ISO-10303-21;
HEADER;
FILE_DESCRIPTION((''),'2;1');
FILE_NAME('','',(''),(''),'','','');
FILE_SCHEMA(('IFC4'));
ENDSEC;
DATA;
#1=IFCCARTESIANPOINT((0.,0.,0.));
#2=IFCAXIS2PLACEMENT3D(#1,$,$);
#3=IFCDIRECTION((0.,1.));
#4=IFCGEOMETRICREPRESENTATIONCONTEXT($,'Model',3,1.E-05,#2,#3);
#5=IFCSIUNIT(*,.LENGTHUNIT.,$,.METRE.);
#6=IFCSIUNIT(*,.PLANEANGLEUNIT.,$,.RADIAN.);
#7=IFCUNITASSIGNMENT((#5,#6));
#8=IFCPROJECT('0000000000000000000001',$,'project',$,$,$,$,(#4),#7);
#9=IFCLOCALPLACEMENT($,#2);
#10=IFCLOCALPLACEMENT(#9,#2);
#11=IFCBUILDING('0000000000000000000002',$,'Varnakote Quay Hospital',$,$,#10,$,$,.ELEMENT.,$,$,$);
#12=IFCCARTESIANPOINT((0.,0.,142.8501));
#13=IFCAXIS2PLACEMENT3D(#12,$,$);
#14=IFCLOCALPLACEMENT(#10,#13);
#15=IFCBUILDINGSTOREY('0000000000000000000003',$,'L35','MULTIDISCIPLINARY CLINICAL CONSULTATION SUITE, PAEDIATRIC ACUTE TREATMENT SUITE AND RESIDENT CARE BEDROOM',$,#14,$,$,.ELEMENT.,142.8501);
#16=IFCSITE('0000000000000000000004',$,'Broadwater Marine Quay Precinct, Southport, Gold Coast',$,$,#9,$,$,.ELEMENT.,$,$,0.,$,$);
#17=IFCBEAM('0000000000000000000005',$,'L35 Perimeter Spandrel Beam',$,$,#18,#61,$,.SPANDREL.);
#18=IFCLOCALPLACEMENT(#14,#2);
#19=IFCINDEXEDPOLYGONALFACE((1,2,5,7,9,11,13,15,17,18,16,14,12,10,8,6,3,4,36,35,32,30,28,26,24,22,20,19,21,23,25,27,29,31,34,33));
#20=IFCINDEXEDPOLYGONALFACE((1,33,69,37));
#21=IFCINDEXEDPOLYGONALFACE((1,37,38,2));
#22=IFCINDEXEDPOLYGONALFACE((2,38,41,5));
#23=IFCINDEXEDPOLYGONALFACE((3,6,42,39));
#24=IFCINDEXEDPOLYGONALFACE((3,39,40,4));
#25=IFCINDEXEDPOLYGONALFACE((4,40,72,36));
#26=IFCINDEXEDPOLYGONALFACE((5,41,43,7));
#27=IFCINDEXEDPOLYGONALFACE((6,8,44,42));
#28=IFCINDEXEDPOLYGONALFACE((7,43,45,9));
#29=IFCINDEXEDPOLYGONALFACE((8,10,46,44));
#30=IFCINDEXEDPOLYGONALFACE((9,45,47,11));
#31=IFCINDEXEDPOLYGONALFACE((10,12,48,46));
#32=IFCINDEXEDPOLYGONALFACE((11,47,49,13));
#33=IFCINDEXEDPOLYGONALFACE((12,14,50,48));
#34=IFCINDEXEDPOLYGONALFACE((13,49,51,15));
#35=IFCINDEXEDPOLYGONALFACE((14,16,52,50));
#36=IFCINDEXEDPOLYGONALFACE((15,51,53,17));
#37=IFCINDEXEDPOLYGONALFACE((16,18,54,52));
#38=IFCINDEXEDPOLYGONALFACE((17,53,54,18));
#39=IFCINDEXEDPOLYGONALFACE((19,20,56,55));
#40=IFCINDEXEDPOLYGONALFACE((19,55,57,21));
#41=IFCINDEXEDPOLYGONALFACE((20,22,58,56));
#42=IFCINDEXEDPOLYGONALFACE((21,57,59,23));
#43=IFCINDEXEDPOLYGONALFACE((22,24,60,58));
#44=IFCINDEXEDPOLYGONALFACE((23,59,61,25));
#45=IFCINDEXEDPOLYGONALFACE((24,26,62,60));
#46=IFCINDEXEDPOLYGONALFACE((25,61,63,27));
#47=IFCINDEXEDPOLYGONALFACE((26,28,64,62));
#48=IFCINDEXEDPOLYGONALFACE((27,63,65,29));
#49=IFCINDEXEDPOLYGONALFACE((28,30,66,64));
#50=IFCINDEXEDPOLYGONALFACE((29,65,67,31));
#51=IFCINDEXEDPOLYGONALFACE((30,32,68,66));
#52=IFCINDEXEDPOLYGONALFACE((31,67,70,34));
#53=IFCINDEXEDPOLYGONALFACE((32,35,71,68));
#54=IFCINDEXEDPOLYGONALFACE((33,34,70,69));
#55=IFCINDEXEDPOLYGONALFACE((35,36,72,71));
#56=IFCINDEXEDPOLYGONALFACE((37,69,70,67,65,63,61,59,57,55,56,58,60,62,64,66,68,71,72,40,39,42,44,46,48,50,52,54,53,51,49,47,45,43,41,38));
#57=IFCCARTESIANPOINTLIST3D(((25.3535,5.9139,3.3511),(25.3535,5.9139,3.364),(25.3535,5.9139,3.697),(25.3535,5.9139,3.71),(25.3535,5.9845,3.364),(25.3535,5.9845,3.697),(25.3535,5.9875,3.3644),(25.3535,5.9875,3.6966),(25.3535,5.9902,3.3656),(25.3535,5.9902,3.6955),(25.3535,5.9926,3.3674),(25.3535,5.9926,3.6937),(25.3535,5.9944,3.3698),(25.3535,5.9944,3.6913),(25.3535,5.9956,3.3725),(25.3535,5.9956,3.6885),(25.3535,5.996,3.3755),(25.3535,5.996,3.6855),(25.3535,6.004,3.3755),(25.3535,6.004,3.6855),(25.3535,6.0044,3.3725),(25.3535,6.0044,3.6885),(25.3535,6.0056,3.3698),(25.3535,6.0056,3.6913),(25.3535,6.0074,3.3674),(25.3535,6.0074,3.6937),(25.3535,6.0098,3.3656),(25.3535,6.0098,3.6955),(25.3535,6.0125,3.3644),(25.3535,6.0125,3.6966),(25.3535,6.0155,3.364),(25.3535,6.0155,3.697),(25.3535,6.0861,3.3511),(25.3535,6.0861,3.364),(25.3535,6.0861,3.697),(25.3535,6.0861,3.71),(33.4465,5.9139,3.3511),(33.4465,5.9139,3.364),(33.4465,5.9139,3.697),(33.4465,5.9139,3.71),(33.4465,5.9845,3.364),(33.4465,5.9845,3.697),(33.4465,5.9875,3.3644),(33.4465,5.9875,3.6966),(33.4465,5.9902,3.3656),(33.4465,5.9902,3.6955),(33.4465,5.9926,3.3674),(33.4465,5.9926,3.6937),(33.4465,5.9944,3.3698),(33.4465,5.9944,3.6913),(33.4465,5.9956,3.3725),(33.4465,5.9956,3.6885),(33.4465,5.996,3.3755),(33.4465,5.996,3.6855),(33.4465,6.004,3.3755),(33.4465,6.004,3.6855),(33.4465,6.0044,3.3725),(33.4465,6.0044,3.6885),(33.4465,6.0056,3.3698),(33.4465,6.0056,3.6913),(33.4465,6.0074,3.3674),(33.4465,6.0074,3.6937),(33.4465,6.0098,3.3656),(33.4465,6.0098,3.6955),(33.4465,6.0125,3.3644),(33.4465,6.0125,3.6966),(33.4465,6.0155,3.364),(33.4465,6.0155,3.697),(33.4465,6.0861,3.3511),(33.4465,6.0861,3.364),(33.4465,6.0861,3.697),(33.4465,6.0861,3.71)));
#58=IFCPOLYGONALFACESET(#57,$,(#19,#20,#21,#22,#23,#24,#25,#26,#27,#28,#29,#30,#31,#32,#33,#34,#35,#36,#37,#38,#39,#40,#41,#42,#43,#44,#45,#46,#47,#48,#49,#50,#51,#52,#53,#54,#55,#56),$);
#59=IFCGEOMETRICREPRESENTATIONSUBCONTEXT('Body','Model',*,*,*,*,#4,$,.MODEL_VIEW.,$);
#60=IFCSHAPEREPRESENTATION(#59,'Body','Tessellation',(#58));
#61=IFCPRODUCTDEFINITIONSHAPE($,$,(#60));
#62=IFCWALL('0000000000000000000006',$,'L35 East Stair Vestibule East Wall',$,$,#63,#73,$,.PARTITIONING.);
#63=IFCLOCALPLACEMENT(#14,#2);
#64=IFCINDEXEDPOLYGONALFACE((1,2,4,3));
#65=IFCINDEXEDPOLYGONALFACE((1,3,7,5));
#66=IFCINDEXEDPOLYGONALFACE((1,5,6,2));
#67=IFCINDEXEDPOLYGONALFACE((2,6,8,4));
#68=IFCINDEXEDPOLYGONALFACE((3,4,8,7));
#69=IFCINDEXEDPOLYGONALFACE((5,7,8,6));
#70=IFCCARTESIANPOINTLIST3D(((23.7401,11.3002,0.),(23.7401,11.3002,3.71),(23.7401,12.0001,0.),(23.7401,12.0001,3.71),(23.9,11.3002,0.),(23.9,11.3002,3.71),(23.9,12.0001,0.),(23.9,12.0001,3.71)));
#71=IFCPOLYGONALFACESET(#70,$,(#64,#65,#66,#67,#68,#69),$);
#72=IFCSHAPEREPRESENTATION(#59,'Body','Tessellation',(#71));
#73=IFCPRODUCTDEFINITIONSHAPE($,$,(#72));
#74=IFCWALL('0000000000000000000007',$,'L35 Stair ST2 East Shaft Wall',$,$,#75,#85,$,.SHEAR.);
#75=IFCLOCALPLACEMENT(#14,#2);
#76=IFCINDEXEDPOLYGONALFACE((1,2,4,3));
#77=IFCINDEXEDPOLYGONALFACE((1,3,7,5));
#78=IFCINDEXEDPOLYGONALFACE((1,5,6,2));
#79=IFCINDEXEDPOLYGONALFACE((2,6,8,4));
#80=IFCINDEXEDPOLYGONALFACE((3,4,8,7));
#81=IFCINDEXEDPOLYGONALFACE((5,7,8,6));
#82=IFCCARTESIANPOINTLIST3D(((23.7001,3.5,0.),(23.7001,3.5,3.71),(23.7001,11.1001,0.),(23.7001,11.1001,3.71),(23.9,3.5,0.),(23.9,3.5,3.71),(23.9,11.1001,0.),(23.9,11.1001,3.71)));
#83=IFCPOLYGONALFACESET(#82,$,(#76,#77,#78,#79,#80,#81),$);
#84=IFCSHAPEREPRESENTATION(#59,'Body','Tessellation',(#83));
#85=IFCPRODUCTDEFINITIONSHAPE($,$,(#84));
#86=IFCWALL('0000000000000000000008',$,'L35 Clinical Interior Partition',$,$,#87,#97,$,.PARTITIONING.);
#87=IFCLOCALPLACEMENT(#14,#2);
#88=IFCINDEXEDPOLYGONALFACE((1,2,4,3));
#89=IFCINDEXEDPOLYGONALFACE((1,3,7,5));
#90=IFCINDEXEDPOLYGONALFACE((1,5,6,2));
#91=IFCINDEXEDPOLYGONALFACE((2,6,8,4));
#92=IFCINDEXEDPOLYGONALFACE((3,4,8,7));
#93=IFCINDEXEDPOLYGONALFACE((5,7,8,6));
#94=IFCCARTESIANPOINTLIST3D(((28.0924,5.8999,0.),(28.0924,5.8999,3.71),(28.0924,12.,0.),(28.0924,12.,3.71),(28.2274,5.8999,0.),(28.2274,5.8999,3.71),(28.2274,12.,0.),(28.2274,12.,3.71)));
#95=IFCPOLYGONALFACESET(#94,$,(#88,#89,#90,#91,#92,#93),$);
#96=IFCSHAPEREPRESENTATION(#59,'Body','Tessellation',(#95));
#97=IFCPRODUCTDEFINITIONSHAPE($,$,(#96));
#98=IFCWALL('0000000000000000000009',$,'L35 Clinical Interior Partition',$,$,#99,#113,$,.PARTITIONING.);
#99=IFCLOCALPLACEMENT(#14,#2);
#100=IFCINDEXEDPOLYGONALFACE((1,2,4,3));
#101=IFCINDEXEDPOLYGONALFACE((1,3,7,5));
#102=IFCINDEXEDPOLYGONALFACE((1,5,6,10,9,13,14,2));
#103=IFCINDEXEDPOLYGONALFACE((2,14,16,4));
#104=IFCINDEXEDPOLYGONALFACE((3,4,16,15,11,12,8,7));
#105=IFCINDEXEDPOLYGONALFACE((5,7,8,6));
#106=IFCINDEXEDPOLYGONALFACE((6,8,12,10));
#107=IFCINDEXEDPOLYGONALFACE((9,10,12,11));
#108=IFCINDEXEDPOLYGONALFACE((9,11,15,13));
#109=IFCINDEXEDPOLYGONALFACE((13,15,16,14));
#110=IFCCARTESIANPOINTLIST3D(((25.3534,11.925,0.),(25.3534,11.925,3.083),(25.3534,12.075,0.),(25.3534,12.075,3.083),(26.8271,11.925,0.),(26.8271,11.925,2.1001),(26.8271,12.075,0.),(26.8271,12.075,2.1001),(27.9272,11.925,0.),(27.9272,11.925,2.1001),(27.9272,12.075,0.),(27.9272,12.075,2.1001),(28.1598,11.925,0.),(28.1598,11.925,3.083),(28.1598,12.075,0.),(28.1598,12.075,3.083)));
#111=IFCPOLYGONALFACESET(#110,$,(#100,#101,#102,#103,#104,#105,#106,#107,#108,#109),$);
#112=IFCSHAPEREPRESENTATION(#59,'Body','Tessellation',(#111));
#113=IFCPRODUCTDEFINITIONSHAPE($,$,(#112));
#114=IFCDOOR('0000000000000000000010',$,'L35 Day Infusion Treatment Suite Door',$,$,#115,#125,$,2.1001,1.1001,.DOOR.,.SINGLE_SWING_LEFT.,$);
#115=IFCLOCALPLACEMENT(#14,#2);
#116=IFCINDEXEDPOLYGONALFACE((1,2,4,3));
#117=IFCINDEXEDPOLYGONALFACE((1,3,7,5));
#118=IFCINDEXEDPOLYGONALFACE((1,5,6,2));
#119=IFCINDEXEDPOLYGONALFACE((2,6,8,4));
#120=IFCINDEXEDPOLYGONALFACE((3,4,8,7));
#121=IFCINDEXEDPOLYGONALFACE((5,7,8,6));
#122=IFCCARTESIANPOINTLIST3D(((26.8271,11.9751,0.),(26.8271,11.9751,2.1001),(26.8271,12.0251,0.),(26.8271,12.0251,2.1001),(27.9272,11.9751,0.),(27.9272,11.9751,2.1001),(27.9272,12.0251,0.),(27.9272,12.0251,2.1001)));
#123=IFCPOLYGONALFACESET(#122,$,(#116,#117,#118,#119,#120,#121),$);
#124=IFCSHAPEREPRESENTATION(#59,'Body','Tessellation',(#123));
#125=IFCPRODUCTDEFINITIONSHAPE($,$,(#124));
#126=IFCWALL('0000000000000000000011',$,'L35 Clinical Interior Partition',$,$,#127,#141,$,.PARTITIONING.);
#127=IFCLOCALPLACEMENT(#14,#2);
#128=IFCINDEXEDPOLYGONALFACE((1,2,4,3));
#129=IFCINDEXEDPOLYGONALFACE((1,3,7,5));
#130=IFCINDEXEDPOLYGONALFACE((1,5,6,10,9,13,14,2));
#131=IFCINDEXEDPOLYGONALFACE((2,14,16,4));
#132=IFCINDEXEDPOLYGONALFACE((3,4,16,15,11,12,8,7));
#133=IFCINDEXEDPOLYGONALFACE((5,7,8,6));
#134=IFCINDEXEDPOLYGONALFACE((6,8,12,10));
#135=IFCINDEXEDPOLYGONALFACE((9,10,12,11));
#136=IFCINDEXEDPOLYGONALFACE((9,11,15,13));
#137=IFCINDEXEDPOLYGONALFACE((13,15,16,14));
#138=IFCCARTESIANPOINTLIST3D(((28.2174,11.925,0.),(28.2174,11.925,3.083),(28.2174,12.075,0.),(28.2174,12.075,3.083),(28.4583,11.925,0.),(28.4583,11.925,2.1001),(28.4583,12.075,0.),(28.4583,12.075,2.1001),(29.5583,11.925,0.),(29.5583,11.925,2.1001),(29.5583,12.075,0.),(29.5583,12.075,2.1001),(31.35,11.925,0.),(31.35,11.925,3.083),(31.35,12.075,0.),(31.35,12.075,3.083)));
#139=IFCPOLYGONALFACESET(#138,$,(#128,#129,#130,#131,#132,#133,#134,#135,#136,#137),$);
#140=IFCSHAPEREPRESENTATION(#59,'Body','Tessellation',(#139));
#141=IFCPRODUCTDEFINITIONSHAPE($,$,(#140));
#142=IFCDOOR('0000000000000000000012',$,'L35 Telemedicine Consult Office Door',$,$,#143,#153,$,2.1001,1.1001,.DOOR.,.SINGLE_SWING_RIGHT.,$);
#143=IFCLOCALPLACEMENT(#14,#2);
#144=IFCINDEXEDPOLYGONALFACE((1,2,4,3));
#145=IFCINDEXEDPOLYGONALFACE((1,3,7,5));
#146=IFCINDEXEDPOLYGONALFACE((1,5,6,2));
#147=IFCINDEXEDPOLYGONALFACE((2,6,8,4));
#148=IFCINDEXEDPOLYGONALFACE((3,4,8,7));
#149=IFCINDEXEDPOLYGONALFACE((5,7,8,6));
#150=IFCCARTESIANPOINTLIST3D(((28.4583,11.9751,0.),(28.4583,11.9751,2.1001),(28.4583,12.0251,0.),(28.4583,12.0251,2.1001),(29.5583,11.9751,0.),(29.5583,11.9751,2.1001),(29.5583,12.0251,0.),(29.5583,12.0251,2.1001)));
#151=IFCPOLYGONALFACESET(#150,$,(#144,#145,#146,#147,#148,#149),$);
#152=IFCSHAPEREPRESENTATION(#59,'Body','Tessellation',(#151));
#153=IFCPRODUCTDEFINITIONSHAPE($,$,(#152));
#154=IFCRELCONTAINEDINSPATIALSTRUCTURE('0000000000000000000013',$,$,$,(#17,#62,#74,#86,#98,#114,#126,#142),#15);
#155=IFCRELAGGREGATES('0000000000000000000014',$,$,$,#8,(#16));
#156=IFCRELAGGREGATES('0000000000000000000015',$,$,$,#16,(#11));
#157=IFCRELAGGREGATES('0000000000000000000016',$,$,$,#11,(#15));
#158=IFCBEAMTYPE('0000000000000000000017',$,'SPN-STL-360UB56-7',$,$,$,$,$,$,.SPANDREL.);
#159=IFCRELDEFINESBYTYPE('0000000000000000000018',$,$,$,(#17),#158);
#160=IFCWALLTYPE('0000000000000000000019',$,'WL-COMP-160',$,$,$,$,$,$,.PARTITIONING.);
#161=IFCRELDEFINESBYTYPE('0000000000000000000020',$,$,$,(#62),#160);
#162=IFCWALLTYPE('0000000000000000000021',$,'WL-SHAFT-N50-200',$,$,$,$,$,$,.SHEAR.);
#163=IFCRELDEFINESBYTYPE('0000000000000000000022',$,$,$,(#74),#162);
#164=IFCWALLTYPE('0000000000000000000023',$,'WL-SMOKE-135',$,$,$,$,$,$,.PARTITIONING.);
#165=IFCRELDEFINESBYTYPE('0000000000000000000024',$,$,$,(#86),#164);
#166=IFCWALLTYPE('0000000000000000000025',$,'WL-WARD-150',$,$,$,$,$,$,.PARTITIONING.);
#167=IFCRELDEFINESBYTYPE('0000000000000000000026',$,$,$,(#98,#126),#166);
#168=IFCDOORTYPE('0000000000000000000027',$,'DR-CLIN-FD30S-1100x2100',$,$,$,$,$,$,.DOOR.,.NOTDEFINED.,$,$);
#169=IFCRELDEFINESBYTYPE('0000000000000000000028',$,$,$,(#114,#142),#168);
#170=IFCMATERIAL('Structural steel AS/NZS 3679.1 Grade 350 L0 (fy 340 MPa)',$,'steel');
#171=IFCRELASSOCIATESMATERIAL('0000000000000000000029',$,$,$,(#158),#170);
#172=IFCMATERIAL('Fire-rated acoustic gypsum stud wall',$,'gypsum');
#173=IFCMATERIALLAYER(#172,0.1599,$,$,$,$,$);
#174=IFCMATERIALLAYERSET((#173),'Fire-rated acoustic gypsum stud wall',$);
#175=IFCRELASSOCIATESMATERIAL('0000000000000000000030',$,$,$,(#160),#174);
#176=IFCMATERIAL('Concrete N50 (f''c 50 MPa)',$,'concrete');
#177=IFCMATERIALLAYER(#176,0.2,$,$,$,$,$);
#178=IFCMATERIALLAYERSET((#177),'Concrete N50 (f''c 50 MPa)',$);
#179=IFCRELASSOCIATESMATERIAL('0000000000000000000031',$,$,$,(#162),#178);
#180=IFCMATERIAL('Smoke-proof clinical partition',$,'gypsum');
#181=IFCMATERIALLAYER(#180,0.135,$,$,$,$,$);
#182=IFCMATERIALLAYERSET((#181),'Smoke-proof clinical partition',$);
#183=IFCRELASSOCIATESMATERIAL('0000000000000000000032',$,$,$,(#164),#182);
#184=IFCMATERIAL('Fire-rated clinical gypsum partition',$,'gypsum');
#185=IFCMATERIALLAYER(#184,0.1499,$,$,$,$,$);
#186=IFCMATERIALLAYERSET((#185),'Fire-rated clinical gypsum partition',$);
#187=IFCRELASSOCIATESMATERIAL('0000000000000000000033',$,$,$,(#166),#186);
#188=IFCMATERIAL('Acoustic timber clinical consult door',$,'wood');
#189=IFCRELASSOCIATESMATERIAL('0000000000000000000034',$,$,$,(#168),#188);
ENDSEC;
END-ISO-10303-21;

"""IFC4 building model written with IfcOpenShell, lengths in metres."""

from ifc_helpers import new_model, si_unit, direction, frame, frame_2d, origin, origin_2d, place, context, subcontext, project, spatial, rectangle, i_section, extrude, material, layer, layer_set, material_profile, profile_set, type_object, element, fill, save


model = new_model("IFC4")

# Units and contexts
model_context = context("Model", 3, precision=1e-05, world=origin(), true_north=direction((0.0, 1.0)))
body_context = subcontext(model_context, "Body", "Model", "MODEL_VIEW")
ifc_project = project(units=[si_unit("LENGTHUNIT", "METRE"), si_unit("PLANEANGLEUNIT", "RADIAN")], contexts=[model_context])

# Site, building, storey
site_placement = place(None, origin())
site = spatial("IfcSite", under=ifc_project, at=site_placement, Name="Broadwater Marine Quay Precinct, Southport, Gold Coast", CompositionType="ELEMENT", RefElevation=0.0)
building_placement = place(site_placement, origin())
building = spatial("IfcBuilding", under=site, at=building_placement, Name="Varnakote Quay Hospital", CompositionType="ELEMENT")
storey_placement = place(building_placement, frame((0.0, 0.0, 142.8501)))
storey = spatial("IfcBuildingStorey", under=building, at=storey_placement, Name="L35", Description="MULTIDISCIPLINARY CLINICAL CONSULTATION SUITE, PAEDIATRIC ACUTE TREATMENT SUITE AND RESIDENT CARE BEDROOM", CompositionType="ELEMENT", Elevation=142.8501)

# Beam
ifc_material_1 = material(Name="Structural steel AS/NZS 3679.1 Grade 350 L0 (fy 340 MPa)", Category="steel")
ifc_material_profile_1 = material_profile(ifc_material_1, i_section(OverallWidth=0.1721, OverallDepth=0.3589, WebThickness=0.0081, FlangeThickness=0.0129, FilletRadius=0.0115, at=origin_2d()), Name="360UB56.7")
ifc_profile_set_1 = profile_set([ifc_material_profile_1], Name="Structural steel AS/NZS 3679.1 Grade 350 L0 (fy 340 MPa)")
beam_type_1 = type_object("IfcBeamType", Name="SPN-STL-360UB56-7", PredefinedType="SPANDREL", material=ifc_profile_set_1)
beam_1_placement = place(storey_placement, frame((25.3535, 6.0, 3.5305), z_axis=(1.0, 0.0, 0.0), x_axis=(0.0, 1.0, 0.0)))
element("IfcBeam", 1, at=beam_1_placement, inside=storey, type_object=beam_type_1, Name="L35 Perimeter Spandrel Beam", PredefinedType="SPANDREL", context=body_context, shape_type="SweptSolid", body=[
    extrude(i_section(OverallWidth=0.1721, OverallDepth=0.3589, WebThickness=0.0081, FlangeThickness=0.0129, FilletRadius=0.0115, at=origin_2d()), origin(), (0.0, 0.0, 1.0), 8.093),
])

# Walls
ifc_material_2 = material(Name="Fire-rated acoustic gypsum stud wall", Category="gypsum")
ifc_layer_1 = layer(ifc_material_2, 0.1599)
ifc_layer_set_1 = layer_set([ifc_layer_1], Name="Fire-rated acoustic gypsum stud wall")
wall_type_1 = type_object("IfcWallType", Name="WL-COMP-160", PredefinedType="PARTITIONING", material=ifc_layer_set_1)
wall_1_placement = place(storey_placement, frame((23.8201, 11.3, 0.0), z_axis=(0.0, 0.0, 1.0), x_axis=(0.0, 1.0, 0.0)))
element("IfcWall", 2, at=wall_1_placement, inside=storey, type_object=wall_type_1, Name="L35 East Stair Vestibule East Wall", PredefinedType="PARTITIONING", context=body_context, shape_type="SweptSolid", body=[
    extrude(rectangle(XDim=0.7, YDim=0.1599, at=frame_2d((0.3501, 0.0))), origin(), (0.0, 0.0, 1.0), 3.71),
])
ifc_material_3 = material(Name="Concrete N50 (f'c 50 MPa)", Category="concrete")
ifc_layer_2 = layer(ifc_material_3, 0.2)
ifc_layer_set_2 = layer_set([ifc_layer_2], Name="Concrete N50 (f'c 50 MPa)")
wall_type_2 = type_object("IfcWallType", Name="WL-SHAFT-N50-200", PredefinedType="SHEAR", material=ifc_layer_set_2)
wall_2_placement = place(storey_placement, frame((23.8, 3.5, 0.0), z_axis=(0.0, 0.0, 1.0), x_axis=(0.0, 1.0, 0.0)))
element("IfcWall", 3, at=wall_2_placement, inside=storey, type_object=wall_type_2, Name="L35 Stair ST2 East Shaft Wall", PredefinedType="SHEAR", context=body_context, shape_type="SweptSolid", body=[
    extrude(rectangle(XDim=7.6001, YDim=0.2, at=frame_2d((3.8, 0.0))), origin(), (0.0, 0.0, 1.0), 3.71),
])
ifc_material_4 = material(Name="Smoke-proof clinical partition", Category="gypsum")
ifc_layer_3 = layer(ifc_material_4, 0.135)
ifc_layer_set_3 = layer_set([ifc_layer_3], Name="Smoke-proof clinical partition")
wall_type_3 = type_object("IfcWallType", Name="WL-SMOKE-135", PredefinedType="PARTITIONING", material=ifc_layer_set_3)
wall_3_placement = place(storey_placement, frame((28.1599, 5.8999, 0.0), z_axis=(0.0, 0.0, 1.0), x_axis=(0.0, 1.0, 0.0)))
element("IfcWall", 4, at=wall_3_placement, inside=storey, type_object=wall_type_3, Name="L35 Clinical Interior Partition", PredefinedType="PARTITIONING", context=body_context, shape_type="SweptSolid", body=[
    extrude(rectangle(XDim=6.1001, YDim=0.135, at=frame_2d((3.05, 0.0))), origin(), (0.0, 0.0, 1.0), 3.71),
])

# Walls, openings, doors
ifc_material_5 = material(Name="Fire-rated clinical gypsum partition", Category="gypsum")
ifc_layer_4 = layer(ifc_material_5, 0.1499)
ifc_layer_set_4 = layer_set([ifc_layer_4], Name="Fire-rated clinical gypsum partition")
wall_type_4 = type_object("IfcWallType", Name="WL-WARD-150", PredefinedType="PARTITIONING", material=ifc_layer_set_4)
wall_4_placement = place(storey_placement, frame((28.1599, 12.0, 0.0), z_axis=(0.0, 0.0, 1.0), x_axis=(-1.0, 0.0, 0.0)))
wall_4 = element("IfcWall", 5, at=wall_4_placement, inside=storey, type_object=wall_type_4, Name="L35 Clinical Interior Partition", PredefinedType="PARTITIONING", context=body_context, shape_type="SweptSolid", body=[
    extrude(rectangle(XDim=2.8064, YDim=0.1499, at=frame_2d((1.4033, 0.0))), origin(), (0.0, 0.0, 1.0), 3.083),
])
opening_1_placement = place(wall_4_placement, frame((0.2327, 0.0, 0.0)))
opening_1 = element("IfcOpeningElement", 6, at=opening_1_placement, cuts=wall_4, PredefinedType="OPENING", context=body_context, shape_type="SweptSolid", body=[
    extrude(rectangle(XDim=1.1001, YDim=2.1001, at=frame_2d((0.55, 1.05))), frame((0.0, 0.085, 0.0), z_axis=(0.0, -1.0, 0.0), x_axis=(1.0, 0.0, 0.0)), (0.0, 0.0, 1.0), 0.1699),
])
ifc_material_6 = material(Name="Acoustic timber clinical consult door", Category="wood")
door_type = type_object("IfcDoorType", Name="DR-CLIN-FD30S-1100x2100", OperationType="NOTDEFINED", PredefinedType="DOOR", material=ifc_material_6)
door_1_placement = place(opening_1_placement, origin())
door_1 = element("IfcDoor", 7, at=door_1_placement, inside=storey, type_object=door_type, Name="L35 Day Infusion Treatment Suite Door", OperationType="SINGLE_SWING_LEFT", OverallHeight=2.1001, OverallWidth=1.1001, PredefinedType="DOOR", context=body_context, shape_type="SweptSolid", body=[
    extrude(rectangle(XDim=1.1001, YDim=2.1001, at=frame_2d((0.55, 1.05))), frame((0.0, 0.0249, 0.0), z_axis=(0.0, -1.0, 0.0), x_axis=(1.0, 0.0, 0.0)), (0.0, 0.0, 1.0), 0.05),
])
fill(opening_1, door_1)
wall_5_placement = place(storey_placement, frame((31.3501, 12.0, 0.0), z_axis=(0.0, 0.0, 1.0), x_axis=(-1.0, 0.0, 0.0)))
wall_5 = element("IfcWall", 8, at=wall_5_placement, inside=storey, type_object=wall_type_4, Name="L35 Clinical Interior Partition", PredefinedType="PARTITIONING", context=body_context, shape_type="SweptSolid", body=[
    extrude(rectangle(XDim=3.1326, YDim=0.1499, at=frame_2d((1.5664, 0.0))), origin(), (0.0, 0.0, 1.0), 3.083),
])
opening_2_placement = place(wall_5_placement, frame((1.7917, 0.0, 0.0)))
opening_2 = element("IfcOpeningElement", 9, at=opening_2_placement, cuts=wall_5, PredefinedType="OPENING", context=body_context, shape_type="SweptSolid", body=[
    extrude(rectangle(XDim=1.1001, YDim=2.1001, at=frame_2d((0.55, 1.05))), frame((0.0, 0.085, 0.0), z_axis=(0.0, -1.0, 0.0), x_axis=(1.0, 0.0, 0.0)), (0.0, 0.0, 1.0), 0.1699),
])
door_2_placement = place(opening_2_placement, origin())
door_2 = element("IfcDoor", 10, at=door_2_placement, inside=storey, type_object=door_type, Name="L35 Telemedicine Consult Office Door", OperationType="SINGLE_SWING_RIGHT", OverallHeight=2.1001, OverallWidth=1.1001, PredefinedType="DOOR", context=body_context, shape_type="SweptSolid", body=[
    extrude(rectangle(XDim=1.1001, YDim=2.1001, at=frame_2d((0.55, 1.05))), frame((0.0, 0.0249, 0.0), z_axis=(0.0, -1.0, 0.0), x_axis=(1.0, 0.0, 0.0)), (0.0, 0.0, 1.0), 0.05),
])
fill(opening_2, door_2)

save(model, "model.ifc")
